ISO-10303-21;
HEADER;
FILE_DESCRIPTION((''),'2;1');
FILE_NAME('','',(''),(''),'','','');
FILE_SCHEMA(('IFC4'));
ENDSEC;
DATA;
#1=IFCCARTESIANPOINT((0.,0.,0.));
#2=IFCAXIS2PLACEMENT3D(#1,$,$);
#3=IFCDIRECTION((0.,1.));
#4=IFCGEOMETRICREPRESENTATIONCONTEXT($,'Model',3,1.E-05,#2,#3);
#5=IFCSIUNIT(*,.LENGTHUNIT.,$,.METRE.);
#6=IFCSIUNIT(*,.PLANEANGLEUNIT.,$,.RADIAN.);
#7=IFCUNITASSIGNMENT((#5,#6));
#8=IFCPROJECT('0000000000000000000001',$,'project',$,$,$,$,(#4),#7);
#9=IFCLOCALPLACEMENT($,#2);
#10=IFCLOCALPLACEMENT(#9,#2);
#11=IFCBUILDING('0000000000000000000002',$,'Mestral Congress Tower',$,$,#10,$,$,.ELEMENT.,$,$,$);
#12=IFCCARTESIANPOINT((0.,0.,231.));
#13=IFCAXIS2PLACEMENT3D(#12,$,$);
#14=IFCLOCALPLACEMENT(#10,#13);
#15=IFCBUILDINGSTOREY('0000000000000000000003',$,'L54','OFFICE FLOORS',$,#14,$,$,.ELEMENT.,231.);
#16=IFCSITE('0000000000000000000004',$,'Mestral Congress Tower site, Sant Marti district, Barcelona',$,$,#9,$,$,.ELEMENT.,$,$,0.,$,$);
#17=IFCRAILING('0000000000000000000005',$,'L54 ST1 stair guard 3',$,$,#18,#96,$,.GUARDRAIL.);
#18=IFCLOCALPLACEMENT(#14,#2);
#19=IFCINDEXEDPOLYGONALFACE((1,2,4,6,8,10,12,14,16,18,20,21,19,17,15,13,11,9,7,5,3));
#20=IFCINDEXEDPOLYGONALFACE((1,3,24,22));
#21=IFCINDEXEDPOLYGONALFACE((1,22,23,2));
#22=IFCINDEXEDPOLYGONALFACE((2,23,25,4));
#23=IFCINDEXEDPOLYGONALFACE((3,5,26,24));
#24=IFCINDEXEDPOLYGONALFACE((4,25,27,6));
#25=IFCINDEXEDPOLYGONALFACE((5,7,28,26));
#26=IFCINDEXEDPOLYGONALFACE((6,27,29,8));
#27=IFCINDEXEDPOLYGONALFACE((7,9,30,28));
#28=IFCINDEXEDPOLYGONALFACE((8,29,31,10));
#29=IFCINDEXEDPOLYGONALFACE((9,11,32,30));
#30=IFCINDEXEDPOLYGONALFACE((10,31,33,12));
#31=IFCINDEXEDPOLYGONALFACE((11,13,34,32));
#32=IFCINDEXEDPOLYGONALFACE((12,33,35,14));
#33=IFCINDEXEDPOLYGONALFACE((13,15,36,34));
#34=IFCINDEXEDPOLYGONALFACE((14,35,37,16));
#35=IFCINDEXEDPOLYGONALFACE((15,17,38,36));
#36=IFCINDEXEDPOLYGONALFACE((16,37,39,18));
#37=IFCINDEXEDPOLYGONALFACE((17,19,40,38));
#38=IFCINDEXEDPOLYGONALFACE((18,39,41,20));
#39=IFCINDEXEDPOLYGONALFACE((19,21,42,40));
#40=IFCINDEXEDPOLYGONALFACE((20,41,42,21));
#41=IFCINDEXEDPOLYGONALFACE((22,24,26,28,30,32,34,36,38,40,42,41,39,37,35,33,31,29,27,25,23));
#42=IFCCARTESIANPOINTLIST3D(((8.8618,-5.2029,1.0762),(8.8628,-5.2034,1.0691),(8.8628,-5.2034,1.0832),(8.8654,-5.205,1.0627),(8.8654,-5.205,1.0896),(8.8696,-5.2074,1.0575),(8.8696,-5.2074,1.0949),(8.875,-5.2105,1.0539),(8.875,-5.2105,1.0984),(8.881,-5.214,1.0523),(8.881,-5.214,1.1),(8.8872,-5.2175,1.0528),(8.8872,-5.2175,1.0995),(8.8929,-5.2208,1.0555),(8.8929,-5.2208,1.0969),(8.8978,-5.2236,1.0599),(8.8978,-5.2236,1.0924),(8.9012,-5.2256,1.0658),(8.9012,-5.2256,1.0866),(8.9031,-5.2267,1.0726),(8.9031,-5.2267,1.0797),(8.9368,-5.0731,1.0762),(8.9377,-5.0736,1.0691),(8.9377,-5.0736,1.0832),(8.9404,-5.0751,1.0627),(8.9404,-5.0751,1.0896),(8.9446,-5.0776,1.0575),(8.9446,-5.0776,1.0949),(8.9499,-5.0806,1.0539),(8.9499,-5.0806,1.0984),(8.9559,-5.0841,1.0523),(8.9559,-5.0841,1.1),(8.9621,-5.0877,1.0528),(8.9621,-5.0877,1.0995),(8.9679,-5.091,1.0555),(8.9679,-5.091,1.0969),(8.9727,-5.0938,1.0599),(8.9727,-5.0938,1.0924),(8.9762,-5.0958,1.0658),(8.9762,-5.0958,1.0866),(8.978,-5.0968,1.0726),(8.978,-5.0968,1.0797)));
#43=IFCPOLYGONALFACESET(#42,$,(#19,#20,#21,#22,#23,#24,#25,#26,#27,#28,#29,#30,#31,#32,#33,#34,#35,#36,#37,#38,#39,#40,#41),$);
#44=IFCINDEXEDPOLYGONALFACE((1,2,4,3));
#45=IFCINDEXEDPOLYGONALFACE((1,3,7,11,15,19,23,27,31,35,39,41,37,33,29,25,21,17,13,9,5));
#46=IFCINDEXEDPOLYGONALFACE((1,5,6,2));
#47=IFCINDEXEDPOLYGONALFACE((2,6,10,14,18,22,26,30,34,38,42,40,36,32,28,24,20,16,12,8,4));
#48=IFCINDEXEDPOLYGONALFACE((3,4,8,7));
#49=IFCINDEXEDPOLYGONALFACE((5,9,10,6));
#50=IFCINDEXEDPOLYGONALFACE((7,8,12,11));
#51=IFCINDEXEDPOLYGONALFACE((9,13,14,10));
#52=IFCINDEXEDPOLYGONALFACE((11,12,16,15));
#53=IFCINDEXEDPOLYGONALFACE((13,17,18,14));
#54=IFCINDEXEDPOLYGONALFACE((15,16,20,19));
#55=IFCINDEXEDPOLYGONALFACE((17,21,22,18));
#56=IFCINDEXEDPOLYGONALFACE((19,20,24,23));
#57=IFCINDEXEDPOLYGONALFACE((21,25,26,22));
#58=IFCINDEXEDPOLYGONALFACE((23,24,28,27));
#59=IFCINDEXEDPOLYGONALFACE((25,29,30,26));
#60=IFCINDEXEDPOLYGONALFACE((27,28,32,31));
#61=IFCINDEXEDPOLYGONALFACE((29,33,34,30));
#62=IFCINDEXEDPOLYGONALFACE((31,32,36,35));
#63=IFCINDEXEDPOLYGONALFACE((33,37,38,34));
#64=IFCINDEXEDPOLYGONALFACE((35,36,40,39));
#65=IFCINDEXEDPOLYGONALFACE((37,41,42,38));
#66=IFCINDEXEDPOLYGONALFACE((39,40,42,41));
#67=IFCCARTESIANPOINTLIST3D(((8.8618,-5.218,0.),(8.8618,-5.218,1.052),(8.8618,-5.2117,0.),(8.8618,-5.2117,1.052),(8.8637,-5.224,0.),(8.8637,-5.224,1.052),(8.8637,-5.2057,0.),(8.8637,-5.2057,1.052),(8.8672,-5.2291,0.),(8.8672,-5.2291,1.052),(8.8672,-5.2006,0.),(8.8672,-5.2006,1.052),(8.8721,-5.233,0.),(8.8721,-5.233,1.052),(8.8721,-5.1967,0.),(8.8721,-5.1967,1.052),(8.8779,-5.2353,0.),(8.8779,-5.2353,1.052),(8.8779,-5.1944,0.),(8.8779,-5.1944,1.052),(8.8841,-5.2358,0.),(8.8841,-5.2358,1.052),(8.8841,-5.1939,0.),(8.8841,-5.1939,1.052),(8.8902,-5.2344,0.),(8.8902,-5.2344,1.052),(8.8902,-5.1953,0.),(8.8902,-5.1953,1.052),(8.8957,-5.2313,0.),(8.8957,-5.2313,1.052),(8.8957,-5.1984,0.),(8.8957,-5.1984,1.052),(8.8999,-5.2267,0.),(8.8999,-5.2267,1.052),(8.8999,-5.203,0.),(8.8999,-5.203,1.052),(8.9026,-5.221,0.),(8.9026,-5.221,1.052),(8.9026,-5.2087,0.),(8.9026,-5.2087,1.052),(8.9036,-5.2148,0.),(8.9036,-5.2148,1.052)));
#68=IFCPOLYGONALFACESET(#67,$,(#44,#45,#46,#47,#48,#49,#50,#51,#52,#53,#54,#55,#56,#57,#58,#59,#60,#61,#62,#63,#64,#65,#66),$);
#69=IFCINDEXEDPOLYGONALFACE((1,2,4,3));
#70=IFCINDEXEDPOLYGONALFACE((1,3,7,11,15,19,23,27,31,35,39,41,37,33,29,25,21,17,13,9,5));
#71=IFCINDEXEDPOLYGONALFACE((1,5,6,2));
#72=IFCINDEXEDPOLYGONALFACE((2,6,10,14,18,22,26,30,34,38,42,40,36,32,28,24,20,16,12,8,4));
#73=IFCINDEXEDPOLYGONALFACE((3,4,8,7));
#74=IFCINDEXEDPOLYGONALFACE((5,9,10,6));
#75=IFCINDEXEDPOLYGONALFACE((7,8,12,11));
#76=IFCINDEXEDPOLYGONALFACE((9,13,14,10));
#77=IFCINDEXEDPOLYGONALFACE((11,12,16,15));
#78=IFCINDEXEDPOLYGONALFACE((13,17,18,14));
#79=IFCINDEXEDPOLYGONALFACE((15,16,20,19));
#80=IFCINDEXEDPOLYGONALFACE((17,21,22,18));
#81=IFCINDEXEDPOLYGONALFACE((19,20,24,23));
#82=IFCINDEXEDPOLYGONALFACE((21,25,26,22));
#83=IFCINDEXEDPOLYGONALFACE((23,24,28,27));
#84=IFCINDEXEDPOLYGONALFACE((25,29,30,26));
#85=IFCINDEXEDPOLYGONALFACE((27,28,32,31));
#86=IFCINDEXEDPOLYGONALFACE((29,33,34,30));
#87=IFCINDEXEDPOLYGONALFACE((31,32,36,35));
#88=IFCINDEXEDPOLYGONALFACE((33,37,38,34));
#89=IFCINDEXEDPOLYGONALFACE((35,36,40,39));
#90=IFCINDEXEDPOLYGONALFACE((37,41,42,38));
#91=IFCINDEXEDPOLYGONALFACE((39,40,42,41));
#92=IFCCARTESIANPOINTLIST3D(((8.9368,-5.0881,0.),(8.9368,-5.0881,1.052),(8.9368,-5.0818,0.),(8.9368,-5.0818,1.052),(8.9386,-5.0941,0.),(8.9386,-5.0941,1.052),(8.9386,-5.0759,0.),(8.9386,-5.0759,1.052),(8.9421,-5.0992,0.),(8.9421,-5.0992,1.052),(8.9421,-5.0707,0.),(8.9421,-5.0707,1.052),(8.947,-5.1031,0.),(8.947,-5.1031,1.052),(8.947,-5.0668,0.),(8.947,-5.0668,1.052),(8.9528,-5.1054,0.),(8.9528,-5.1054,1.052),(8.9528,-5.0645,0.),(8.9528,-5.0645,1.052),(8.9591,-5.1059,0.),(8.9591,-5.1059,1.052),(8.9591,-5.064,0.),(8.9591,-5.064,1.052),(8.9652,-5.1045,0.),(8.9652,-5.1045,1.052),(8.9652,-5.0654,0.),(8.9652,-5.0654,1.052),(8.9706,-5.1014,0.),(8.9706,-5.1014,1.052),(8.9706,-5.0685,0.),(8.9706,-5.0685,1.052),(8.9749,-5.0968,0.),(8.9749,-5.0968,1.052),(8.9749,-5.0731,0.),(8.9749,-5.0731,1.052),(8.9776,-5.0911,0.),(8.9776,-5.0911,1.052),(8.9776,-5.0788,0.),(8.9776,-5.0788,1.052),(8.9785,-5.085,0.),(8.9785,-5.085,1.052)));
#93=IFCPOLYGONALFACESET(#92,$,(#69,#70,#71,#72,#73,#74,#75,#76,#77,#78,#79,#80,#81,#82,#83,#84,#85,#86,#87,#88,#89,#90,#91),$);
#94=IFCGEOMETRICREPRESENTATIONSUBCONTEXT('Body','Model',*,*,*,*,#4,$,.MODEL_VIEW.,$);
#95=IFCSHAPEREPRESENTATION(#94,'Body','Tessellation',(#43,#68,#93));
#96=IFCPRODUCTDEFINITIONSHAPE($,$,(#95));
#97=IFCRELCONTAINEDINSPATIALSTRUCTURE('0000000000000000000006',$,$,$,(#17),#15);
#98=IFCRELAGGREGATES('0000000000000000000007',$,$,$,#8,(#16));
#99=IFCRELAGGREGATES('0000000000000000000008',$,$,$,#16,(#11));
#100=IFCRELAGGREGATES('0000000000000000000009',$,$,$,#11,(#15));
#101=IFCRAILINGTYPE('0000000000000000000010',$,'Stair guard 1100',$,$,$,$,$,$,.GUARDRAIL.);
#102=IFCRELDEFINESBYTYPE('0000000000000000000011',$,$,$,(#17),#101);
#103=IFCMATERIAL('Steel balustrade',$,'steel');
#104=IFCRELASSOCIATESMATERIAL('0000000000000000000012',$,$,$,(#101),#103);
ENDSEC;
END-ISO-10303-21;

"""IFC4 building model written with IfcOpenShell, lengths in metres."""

from ifc_helpers import new_model, si_unit, direction, frame, origin, origin_2d, place, context, subcontext, project, spatial, circle, extrude, material, type_object, element, save


model = new_model("IFC4")

# Units and contexts
model_context = context("Model", 3, precision=1e-05, world=origin(), true_north=direction((0.0, 1.0)))
body_context = subcontext(model_context, "Body", "Model", "MODEL_VIEW")
ifc_project = project(units=[si_unit("LENGTHUNIT", "METRE"), si_unit("PLANEANGLEUNIT", "RADIAN")], contexts=[model_context])

# Site, building, storey
site_placement = place(None, origin())
site = spatial("IfcSite", under=ifc_project, at=site_placement, Name="Mestral Congress Tower site, Sant Marti district, Barcelona", CompositionType="ELEMENT", RefElevation=0.0)
building_placement = place(site_placement, origin())
building = spatial("IfcBuilding", under=site, at=building_placement, Name="Mestral Congress Tower", CompositionType="ELEMENT")
storey_placement = place(building_placement, frame((0.0, 0.0, 231.0)))
storey = spatial("IfcBuildingStorey", under=building, at=storey_placement, Name="L54", Description="OFFICE FLOORS", CompositionType="ELEMENT", Elevation=231.0)

# Railing
ifc_material_1 = material(Name="Steel balustrade", Category="steel")
railing_type_1 = type_object("IfcRailingType", Name="Stair guard 1100", PredefinedType="GUARDRAIL", material=ifc_material_1)
railing_1_placement = place(storey_placement, frame((8.8826, -5.2148, 0.0)))
element("IfcRailing", 1, at=railing_1_placement, inside=storey, type_object=railing_type_1, Name="L54 ST1 stair guard 3", PredefinedType="GUARDRAIL", context=body_context, shape_type="SweptSolid", body=[
    extrude(circle(Radius=0.0239, at=origin_2d()), frame((0.0, 0.0, 1.0762), z_axis=(0.499816, 0.866131, 0.0), x_axis=(-0.866131, 0.499816, 0.0)), (0.0, 0.0, 1.0), 0.1499),
    extrude(circle(Radius=0.021, at=origin_2d()), origin(), (0.0, 0.0, 1.0), 1.052),
    extrude(circle(Radius=0.021, at=origin_2d()), frame((0.075, 0.1299, 0.0)), (0.0, 0.0, 1.0), 1.052),
])

save(model, "model.ifc")
